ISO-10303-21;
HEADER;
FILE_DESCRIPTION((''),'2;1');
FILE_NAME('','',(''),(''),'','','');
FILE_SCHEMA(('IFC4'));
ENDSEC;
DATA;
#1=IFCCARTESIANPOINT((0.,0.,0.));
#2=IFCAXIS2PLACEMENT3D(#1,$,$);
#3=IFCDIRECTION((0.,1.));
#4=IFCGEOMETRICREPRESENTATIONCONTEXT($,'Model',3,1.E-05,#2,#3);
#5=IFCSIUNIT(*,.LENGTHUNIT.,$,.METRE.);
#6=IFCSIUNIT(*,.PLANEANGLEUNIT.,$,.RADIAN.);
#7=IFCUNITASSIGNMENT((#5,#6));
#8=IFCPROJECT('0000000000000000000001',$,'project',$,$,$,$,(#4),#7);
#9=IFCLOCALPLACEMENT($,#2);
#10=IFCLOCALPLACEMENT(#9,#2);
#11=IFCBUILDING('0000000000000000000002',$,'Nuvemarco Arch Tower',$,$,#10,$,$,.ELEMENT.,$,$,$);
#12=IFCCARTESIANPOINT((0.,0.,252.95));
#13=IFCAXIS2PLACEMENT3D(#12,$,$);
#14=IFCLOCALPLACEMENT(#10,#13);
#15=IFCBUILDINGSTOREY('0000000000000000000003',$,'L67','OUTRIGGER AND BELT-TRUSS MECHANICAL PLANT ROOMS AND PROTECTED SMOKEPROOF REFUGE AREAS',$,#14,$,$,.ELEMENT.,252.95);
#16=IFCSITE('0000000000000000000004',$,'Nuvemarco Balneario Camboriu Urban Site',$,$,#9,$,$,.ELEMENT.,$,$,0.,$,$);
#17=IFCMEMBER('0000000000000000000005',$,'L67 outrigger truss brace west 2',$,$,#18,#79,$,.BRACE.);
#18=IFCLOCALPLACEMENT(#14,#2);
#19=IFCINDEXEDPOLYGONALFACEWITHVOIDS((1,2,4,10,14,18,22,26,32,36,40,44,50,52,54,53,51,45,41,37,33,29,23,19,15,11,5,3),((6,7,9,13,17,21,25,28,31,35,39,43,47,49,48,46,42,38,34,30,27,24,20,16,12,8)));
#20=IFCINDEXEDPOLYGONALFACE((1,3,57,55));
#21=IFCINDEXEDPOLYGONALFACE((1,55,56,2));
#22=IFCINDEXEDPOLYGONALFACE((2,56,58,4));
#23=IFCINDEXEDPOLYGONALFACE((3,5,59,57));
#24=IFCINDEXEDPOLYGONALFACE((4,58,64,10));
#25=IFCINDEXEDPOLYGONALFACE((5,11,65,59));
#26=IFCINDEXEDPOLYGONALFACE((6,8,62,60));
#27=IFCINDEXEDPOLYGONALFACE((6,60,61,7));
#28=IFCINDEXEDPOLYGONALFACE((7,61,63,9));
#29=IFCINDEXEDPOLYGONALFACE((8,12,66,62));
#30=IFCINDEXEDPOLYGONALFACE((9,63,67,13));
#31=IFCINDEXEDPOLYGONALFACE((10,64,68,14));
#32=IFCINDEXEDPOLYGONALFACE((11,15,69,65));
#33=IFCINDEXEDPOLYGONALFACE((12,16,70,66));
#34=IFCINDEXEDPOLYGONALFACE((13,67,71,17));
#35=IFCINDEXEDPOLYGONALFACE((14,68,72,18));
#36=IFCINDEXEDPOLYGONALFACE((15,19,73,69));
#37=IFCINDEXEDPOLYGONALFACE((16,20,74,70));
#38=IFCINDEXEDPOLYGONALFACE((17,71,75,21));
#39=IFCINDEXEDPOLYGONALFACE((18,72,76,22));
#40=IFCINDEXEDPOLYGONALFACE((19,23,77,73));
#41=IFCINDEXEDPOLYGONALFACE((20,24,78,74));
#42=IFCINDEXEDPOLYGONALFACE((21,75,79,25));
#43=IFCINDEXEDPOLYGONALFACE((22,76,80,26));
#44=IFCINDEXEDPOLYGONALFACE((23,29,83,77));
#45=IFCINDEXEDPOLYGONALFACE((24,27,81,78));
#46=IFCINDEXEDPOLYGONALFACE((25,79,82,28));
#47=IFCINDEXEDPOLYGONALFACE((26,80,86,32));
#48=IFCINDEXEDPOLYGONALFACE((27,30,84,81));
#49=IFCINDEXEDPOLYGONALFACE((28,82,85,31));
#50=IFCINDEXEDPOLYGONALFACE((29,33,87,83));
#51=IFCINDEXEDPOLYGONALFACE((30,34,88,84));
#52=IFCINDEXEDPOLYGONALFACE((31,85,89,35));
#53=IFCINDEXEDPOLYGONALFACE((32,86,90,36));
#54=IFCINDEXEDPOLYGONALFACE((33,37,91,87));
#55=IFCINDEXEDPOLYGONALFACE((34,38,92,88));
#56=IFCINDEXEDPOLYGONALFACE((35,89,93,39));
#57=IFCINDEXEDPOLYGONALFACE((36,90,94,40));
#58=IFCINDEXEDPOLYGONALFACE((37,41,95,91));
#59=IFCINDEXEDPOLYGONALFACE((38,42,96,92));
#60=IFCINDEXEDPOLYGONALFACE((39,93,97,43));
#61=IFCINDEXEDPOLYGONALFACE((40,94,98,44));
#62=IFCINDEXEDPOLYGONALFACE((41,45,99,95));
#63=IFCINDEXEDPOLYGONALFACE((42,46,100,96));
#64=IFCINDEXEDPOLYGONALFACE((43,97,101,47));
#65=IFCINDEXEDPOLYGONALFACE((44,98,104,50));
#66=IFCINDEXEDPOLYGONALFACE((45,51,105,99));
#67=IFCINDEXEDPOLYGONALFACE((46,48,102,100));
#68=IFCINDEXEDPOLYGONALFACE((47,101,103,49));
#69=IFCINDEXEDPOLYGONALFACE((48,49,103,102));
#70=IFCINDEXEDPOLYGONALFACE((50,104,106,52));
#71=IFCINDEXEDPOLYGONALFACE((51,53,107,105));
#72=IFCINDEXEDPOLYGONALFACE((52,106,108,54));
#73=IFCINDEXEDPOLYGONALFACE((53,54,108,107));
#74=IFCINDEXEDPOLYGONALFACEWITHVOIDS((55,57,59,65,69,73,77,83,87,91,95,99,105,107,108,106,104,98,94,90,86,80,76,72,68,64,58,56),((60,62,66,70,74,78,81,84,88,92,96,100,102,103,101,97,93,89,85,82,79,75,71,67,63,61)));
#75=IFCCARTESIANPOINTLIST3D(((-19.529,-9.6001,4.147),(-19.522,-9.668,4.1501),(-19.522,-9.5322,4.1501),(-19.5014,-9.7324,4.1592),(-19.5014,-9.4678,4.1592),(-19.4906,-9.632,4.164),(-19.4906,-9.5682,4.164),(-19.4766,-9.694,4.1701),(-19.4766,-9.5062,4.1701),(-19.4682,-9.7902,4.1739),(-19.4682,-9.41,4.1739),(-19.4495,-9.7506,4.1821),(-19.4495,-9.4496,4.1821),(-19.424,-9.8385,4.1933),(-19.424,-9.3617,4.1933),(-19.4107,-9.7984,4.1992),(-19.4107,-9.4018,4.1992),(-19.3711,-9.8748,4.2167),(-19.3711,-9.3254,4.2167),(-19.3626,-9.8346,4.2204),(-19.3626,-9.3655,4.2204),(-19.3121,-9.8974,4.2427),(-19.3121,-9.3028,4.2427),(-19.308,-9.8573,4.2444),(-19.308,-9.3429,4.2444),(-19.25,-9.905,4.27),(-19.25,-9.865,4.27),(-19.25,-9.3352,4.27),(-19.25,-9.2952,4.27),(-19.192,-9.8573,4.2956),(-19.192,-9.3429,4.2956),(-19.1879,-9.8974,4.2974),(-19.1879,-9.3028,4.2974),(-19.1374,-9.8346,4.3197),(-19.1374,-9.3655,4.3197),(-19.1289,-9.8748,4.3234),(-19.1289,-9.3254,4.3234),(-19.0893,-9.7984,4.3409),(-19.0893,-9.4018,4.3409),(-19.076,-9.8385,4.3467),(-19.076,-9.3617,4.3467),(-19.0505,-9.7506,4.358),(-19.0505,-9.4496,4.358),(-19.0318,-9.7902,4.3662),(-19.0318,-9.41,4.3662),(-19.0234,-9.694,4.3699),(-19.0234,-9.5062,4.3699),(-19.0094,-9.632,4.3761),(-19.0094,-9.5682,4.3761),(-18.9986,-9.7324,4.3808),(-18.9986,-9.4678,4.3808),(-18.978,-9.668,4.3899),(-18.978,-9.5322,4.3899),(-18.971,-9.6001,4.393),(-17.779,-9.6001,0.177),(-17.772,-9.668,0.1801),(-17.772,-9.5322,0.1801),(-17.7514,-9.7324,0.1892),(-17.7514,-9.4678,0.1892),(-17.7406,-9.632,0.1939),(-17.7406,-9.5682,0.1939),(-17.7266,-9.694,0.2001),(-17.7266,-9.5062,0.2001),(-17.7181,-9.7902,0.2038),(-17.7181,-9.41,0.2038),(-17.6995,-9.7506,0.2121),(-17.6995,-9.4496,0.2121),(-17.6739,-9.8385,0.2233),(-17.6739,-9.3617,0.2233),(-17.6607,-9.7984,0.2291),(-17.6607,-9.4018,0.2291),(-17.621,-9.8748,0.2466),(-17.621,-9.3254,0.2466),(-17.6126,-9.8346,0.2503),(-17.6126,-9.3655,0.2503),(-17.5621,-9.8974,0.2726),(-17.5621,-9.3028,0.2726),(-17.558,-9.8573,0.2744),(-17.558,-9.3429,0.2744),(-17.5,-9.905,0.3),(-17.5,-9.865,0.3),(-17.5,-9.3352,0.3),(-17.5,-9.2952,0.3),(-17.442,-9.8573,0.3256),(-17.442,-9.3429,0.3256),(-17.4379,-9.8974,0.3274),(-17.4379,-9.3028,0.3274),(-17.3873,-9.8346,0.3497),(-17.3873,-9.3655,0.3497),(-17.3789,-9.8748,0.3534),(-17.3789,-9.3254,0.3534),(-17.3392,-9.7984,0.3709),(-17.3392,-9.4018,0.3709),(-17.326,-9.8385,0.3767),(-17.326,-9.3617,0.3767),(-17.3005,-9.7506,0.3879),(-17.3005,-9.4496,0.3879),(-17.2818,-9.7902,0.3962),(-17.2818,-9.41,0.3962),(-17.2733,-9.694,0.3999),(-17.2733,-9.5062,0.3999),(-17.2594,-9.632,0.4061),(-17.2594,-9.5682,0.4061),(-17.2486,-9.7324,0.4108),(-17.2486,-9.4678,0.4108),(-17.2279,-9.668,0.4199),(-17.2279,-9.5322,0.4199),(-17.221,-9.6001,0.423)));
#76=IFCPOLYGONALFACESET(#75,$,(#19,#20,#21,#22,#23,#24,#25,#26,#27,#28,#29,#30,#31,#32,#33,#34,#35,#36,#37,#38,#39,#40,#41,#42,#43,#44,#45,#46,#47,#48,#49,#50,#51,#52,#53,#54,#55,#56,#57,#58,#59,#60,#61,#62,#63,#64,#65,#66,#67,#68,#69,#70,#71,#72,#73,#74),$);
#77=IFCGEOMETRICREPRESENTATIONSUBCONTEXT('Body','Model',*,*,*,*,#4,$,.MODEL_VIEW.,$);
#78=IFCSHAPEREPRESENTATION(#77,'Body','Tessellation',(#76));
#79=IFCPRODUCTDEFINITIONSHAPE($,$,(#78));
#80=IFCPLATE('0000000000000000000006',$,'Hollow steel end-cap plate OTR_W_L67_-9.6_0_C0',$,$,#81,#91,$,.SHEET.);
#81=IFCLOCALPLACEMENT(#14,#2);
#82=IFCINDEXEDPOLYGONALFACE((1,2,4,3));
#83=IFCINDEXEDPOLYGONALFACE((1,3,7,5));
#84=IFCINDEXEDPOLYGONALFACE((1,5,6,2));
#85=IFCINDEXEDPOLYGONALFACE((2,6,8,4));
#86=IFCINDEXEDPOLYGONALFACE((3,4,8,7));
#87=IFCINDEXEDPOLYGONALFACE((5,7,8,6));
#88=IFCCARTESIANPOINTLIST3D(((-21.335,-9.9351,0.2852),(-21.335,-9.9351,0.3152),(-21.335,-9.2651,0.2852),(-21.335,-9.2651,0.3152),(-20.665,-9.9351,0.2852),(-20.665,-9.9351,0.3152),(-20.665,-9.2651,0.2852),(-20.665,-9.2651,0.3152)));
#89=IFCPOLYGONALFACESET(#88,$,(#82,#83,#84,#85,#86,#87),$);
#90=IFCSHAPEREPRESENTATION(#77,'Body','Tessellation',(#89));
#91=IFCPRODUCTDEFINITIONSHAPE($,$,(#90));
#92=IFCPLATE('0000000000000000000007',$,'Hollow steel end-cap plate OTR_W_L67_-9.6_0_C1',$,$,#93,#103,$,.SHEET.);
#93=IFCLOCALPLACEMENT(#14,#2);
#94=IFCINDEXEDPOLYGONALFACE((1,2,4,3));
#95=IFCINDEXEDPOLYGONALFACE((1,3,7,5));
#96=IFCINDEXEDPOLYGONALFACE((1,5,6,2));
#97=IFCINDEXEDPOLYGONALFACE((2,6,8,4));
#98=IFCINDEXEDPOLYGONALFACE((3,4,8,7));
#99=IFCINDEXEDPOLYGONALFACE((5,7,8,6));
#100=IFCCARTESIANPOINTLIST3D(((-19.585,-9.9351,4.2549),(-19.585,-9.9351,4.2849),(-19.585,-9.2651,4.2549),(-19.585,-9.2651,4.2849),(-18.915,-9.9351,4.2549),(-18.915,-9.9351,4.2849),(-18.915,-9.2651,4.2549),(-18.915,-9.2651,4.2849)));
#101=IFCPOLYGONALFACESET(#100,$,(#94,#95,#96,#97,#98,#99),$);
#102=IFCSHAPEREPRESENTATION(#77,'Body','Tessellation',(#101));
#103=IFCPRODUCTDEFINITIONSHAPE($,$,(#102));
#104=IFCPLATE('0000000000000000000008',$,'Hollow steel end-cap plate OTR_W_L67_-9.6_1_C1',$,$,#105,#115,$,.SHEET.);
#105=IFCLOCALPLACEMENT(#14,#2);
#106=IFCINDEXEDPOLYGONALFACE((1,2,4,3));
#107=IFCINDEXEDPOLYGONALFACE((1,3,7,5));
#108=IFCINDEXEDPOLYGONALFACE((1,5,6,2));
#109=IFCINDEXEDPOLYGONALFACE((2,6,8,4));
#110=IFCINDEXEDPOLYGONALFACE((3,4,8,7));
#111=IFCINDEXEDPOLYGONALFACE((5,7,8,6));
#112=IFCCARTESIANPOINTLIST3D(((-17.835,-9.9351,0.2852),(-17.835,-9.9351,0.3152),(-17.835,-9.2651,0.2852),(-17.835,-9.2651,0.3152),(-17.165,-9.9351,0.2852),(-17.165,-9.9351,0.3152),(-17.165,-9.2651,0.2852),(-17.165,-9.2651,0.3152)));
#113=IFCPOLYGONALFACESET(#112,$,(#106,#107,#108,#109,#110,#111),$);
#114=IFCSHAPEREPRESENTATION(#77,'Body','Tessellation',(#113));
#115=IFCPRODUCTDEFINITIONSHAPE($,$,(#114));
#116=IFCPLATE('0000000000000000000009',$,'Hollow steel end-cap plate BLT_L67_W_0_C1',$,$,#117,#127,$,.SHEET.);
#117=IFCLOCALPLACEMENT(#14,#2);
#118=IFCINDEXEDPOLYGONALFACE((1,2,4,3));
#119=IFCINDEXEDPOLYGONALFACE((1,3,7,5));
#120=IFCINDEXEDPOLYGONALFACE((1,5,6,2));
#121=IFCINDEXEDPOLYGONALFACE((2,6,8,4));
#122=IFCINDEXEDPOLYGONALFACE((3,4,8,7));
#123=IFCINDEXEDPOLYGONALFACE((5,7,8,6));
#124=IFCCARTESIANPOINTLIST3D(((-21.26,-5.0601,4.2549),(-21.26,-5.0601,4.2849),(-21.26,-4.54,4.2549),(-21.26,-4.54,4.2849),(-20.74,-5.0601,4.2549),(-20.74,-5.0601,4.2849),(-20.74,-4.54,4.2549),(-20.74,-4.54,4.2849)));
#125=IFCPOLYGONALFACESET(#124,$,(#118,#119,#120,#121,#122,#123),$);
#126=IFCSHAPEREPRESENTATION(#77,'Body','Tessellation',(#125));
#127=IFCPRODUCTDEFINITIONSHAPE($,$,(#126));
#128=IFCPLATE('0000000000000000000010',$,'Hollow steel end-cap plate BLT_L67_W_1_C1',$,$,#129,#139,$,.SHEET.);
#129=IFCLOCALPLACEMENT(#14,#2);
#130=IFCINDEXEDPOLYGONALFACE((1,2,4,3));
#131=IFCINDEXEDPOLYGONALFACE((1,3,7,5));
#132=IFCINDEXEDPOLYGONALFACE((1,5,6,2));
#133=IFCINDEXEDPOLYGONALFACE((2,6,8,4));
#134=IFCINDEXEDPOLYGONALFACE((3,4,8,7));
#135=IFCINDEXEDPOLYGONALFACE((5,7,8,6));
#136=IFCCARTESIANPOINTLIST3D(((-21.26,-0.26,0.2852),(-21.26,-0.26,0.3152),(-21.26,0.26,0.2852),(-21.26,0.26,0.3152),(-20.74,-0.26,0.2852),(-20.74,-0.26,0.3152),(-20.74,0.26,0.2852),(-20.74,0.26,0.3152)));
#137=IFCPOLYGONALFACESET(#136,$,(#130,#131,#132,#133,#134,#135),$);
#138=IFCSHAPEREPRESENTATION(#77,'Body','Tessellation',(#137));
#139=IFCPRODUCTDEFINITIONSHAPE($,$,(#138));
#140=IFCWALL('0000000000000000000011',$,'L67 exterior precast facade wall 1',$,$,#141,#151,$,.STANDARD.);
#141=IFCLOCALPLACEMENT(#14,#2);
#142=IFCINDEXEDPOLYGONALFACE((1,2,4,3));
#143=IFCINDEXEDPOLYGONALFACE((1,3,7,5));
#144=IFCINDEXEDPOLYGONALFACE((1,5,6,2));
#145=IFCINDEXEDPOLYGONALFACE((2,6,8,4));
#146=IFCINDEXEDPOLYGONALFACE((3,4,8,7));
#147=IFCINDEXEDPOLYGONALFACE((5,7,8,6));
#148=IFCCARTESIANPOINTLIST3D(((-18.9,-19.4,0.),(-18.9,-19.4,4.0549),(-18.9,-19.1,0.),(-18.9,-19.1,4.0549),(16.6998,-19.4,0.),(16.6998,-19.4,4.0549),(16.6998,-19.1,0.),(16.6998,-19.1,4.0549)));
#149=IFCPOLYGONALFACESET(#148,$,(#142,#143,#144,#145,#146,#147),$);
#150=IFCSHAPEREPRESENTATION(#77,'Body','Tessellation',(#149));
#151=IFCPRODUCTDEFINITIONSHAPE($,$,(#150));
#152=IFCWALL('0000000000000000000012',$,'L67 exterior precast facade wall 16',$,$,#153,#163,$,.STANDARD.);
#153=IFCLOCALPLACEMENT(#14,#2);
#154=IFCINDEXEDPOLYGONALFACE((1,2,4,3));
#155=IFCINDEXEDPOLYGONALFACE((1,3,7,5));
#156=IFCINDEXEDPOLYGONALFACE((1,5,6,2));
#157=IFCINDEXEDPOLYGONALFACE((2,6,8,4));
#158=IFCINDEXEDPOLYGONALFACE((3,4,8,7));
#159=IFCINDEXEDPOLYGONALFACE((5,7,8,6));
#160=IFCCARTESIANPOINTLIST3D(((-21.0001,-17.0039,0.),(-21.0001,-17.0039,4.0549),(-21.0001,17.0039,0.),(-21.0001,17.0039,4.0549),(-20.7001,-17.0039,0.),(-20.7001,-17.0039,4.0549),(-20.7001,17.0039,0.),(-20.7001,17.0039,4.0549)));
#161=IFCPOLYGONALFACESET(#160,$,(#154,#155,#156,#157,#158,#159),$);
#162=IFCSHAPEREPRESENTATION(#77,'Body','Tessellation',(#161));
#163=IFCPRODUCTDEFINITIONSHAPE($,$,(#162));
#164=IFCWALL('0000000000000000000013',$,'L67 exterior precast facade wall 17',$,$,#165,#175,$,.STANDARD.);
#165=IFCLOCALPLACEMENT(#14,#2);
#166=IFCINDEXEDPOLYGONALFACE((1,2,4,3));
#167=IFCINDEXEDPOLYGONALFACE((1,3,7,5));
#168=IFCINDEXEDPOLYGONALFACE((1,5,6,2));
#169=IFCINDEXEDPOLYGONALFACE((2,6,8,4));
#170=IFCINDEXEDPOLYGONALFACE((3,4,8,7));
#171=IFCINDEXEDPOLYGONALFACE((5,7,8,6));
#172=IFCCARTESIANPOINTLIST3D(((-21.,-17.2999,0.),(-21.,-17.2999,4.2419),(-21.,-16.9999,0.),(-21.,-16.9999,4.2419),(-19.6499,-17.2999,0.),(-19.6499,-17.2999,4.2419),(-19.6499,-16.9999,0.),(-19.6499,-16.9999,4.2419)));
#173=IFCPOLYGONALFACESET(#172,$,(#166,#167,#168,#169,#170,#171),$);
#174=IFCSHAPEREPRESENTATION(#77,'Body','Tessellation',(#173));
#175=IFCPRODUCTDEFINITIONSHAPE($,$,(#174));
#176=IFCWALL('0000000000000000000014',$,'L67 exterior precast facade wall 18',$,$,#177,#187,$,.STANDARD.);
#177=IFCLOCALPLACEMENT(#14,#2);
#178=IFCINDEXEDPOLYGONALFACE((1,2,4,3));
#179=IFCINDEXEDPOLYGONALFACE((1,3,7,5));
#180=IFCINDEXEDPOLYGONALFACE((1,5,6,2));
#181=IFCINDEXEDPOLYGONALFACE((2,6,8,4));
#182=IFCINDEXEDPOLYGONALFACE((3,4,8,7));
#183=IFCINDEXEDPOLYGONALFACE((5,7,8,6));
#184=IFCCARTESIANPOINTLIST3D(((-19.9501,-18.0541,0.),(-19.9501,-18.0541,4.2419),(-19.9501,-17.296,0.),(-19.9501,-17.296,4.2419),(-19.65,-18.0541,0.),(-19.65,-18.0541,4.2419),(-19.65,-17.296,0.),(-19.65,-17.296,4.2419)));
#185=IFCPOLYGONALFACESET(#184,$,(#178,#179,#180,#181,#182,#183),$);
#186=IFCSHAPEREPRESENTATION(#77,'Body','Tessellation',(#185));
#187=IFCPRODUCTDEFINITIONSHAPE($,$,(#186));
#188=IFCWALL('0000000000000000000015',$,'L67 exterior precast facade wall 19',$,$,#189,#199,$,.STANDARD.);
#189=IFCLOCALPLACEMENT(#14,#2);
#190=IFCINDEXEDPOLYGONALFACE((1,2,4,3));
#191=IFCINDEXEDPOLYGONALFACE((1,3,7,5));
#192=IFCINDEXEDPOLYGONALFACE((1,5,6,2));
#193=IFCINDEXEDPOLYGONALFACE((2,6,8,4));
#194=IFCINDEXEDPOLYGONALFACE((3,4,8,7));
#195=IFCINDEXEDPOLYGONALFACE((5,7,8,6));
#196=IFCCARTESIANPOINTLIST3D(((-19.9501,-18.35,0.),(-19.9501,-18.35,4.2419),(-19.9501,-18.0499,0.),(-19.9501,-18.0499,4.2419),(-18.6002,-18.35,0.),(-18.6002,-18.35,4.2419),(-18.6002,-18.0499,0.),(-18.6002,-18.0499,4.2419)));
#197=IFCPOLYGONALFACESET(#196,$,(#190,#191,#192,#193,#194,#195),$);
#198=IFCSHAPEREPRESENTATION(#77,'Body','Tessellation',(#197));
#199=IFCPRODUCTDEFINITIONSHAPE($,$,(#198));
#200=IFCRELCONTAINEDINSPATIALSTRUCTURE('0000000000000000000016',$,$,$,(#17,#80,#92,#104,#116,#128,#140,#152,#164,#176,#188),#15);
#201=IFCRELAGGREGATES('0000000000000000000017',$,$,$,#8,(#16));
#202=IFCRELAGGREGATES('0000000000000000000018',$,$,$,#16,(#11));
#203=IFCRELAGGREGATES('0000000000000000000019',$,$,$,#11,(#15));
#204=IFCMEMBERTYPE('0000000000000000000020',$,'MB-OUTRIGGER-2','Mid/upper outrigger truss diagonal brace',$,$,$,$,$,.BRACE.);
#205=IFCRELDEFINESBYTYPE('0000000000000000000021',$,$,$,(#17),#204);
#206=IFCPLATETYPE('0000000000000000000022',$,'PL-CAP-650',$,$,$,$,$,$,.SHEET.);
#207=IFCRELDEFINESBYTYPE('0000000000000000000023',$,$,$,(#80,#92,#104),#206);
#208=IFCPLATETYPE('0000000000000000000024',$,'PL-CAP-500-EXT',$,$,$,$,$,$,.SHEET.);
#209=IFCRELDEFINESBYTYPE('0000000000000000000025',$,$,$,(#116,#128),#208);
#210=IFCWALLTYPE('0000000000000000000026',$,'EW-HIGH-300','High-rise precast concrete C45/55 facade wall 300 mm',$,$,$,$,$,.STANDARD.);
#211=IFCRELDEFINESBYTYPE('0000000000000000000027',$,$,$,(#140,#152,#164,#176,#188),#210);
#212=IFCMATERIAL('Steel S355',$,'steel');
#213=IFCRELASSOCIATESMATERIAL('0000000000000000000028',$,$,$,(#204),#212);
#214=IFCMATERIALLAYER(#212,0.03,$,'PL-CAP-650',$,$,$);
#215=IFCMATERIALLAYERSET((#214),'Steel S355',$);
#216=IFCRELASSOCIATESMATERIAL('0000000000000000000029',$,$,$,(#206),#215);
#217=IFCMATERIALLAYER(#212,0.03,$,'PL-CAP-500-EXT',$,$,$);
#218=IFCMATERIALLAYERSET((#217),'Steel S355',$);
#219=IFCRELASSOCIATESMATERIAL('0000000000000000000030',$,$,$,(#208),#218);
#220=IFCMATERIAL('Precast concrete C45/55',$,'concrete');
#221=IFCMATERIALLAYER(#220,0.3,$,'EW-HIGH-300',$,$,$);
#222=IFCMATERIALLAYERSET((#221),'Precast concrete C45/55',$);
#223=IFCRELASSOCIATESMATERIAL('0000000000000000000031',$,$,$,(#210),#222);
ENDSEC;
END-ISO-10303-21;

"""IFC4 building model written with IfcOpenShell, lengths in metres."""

from ifc_helpers import new_model, si_unit, direction, frame, frame_2d, origin, origin_2d, place, context, subcontext, project, spatial, rectangle, hollow_circle, extrude, source, transform, mapped, material, layer, layer_set, material_profile, profile_set, type_object, type_shapes, element, save


model = new_model("IFC4")

# Units and contexts
model_context = context("Model", 3, precision=1e-05, world=origin(), true_north=direction((0.0, 1.0)))
body_context = subcontext(model_context, "Body", "Model", "MODEL_VIEW")
ifc_project = project(units=[si_unit("LENGTHUNIT", "METRE"), si_unit("PLANEANGLEUNIT", "RADIAN")], contexts=[model_context])

# Site, building, storey
site_placement = place(None, origin())
site = spatial("IfcSite", under=ifc_project, at=site_placement, Name="Nuvemarco Balneario Camboriu Urban Site", CompositionType="ELEMENT", RefElevation=0.0)
building_placement = place(site_placement, origin())
building = spatial("IfcBuilding", under=site, at=building_placement, Name="Nuvemarco Arch Tower", CompositionType="ELEMENT")
storey_placement = place(building_placement, frame((0.0, 0.0, 252.95)))
storey = spatial("IfcBuildingStorey", under=building, at=storey_placement, Name="L67", Description="OUTRIGGER AND BELT-TRUSS MECHANICAL PLANT ROOMS AND PROTECTED SMOKEPROOF REFUGE AREAS", CompositionType="ELEMENT", Elevation=252.95)

# Shared definitions
ifc_material_1 = material(Name="Steel S355", Category="steel")

# Shared definitions
ifc_material_2 = material(Name="Precast concrete C45/55", Category="concrete")

# Member
ifc_material_profile_1 = material_profile(ifc_material_1, hollow_circle(Radius=0.3049, WallThickness=0.04, at=origin_2d()), Name="CHS610x40")
ifc_profile_set_1 = profile_set([ifc_material_profile_1], Name="Steel S355")
member_type_1 = type_object("IfcMemberType", Name="MB-OUTRIGGER-2", Description="Mid/upper outrigger truss diagonal brace", PredefinedType="BRACE", material=ifc_profile_set_1)
for number, where, z_axis, x_axis, name in (
    (1, (-19.25, -9.6001, 4.27), (0.403359, 0.0, -0.915042), (0.0, 1.0, 0.0), "L67 outrigger truss brace west 2"),
):
    element("IfcMember", number, at=place(storey_placement, frame(where, z_axis=z_axis, x_axis=x_axis)), inside=storey, type_object=member_type_1, Name=name, PredefinedType="BRACE", context=body_context, shape_type="SweptSolid", body=[
        extrude(hollow_circle(Radius=0.3049, WallThickness=0.04, at=origin_2d()), origin(), (0.0, 0.0, 1.0), 4.3386),
    ])

# Plates
ifc_layer_1 = layer(ifc_material_1, 0.03, Name="PL-CAP-650")
ifc_layer_set_1 = layer_set([ifc_layer_1], Name="Steel S355")
plate_type_1 = type_object("IfcPlateType", Name="PL-CAP-650", PredefinedType="SHEET", material=ifc_layer_set_1)
shared_shape_1 = source(origin(), body_context, "Body", "SweptSolid", [
    extrude(rectangle(XDim=0.6699, YDim=0.6699, at=origin_2d()), origin(), (0.0, 0.0, 1.0), 0.03),
])
type_shapes(plate_type_1, [shared_shape_1])
for number, where, z_axis, x_axis, name in (
    (2, (-21.0, -9.6001, 0.2852), (0.0, 0.0, 1.0), (1.0, 0.0, 0.0), "Hollow steel end-cap plate OTR_W_L67_-9.6_0_C0"),
    (3, (-19.25, -9.6001, 4.2549), (0.0, 0.0, 1.0), (1.0, 0.0, 0.0), "Hollow steel end-cap plate OTR_W_L67_-9.6_0_C1"),
    (4, (-17.5, -9.6001, 0.2852), (0.0, 0.0, 1.0), (1.0, 0.0, 0.0), "Hollow steel end-cap plate OTR_W_L67_-9.6_1_C1"),
):
    element("IfcPlate", number, at=place(storey_placement, frame(where, z_axis=z_axis, x_axis=x_axis)), inside=storey, type_object=plate_type_1, Name=name, PredefinedType="SHEET", context=body_context, shape_type="MappedRepresentation", body=[
        mapped(shared_shape_1, transform((0.0, 0.0, 0.0), scale=1.0)),
    ])
ifc_layer_2 = layer(ifc_material_1, 0.03, Name="PL-CAP-500-EXT")
ifc_layer_set_2 = layer_set([ifc_layer_2], Name="Steel S355")
plate_type_2 = type_object("IfcPlateType", Name="PL-CAP-500-EXT", PredefinedType="SHEET", material=ifc_layer_set_2)
shared_shape_2 = source(origin(), body_context, "Body", "SweptSolid", [
    extrude(rectangle(XDim=0.52, YDim=0.52, at=origin_2d()), origin(), (0.0, 0.0, 1.0), 0.03),
])
type_shapes(plate_type_2, [shared_shape_2])
for number, where, z_axis, x_axis, name in (
    (5, (-21.0, -4.8, 4.2549), (0.0, 0.0, 1.0), (1.0, 0.0, 0.0), "Hollow steel end-cap plate BLT_L67_W_0_C1"),
    (6, (-21.0, 0.0, 0.2852), (0.0, 0.0, 1.0), (1.0, 0.0, 0.0), "Hollow steel end-cap plate BLT_L67_W_1_C1"),
):
    element("IfcPlate", number, at=place(storey_placement, frame(where, z_axis=z_axis, x_axis=x_axis)), inside=storey, type_object=plate_type_2, Name=name, PredefinedType="SHEET", context=body_context, shape_type="MappedRepresentation", body=[
        mapped(shared_shape_2, transform((0.0, 0.0, 0.0), scale=1.0)),
    ])

# Walls
ifc_layer_3 = layer(ifc_material_2, 0.3, Name="EW-HIGH-300")
ifc_layer_set_3 = layer_set([ifc_layer_3], Name="Precast concrete C45/55")
wall_type_1 = type_object("IfcWallType", Name="EW-HIGH-300", Description="High-rise precast concrete C45/55 facade wall 300 mm", PredefinedType="STANDARD", material=ifc_layer_set_3)
wall_1_placement = place(storey_placement, frame((-18.8999, -19.25, 0.0), z_axis=(0.0, 0.0, 1.0), x_axis=(1.0, 0.0, 0.0)))
element("IfcWall", 7, at=wall_1_placement, inside=storey, type_object=wall_type_1, Name="L67 exterior precast facade wall 1", PredefinedType="STANDARD", context=body_context, shape_type="SweptSolid", body=[
    extrude(rectangle(XDim=35.5999, YDim=0.3, at=frame_2d((17.7998, 0.0))), origin(), (0.0, 0.0, 1.0), 4.0549),
])
wall_2_placement = place(storey_placement, frame((-20.8501, -17.0039, 0.0), z_axis=(0.0, 0.0, 1.0), x_axis=(0.0, 1.0, 0.0)))
element("IfcWall", 8, at=wall_2_placement, inside=storey, type_object=wall_type_1, Name="L67 exterior precast facade wall 16", PredefinedType="STANDARD", context=body_context, shape_type="SweptSolid", body=[
    extrude(rectangle(XDim=34.0078, YDim=0.3, at=frame_2d((17.0039, 0.0))), origin(), (0.0, 0.0, 1.0), 4.0549),
])
wall_3_placement = place(storey_placement, frame((-21.0, -17.1499, 0.0), z_axis=(0.0, 0.0, 1.0), x_axis=(1.0, 0.0, 0.0)))
element("IfcWall", 9, at=wall_3_placement, inside=storey, type_object=wall_type_1, Name="L67 exterior precast facade wall 17", PredefinedType="STANDARD", context=body_context, shape_type="SweptSolid", body=[
    extrude(rectangle(XDim=1.3501, YDim=0.3, at=frame_2d((0.675, 0.0))), origin(), (0.0, 0.0, 1.0), 4.2419),
])
wall_4_placement = place(storey_placement, frame((-19.8, -18.054, 0.0), z_axis=(0.0, 0.0, 1.0), x_axis=(0.0, 1.0, 0.0)))
element("IfcWall", 10, at=wall_4_placement, inside=storey, type_object=wall_type_1, Name="L67 exterior precast facade wall 18", PredefinedType="STANDARD", context=body_context, shape_type="SweptSolid", body=[
    extrude(rectangle(XDim=0.7581, YDim=0.3, at=frame_2d((0.3789, 0.0))), origin(), (0.0, 0.0, 1.0), 4.2419),
])
wall_5_placement = place(storey_placement, frame((-19.95, -18.2, 0.0), z_axis=(0.0, 0.0, 1.0), x_axis=(1.0, 0.0, 0.0)))
element("IfcWall", 11, at=wall_5_placement, inside=storey, type_object=wall_type_1, Name="L67 exterior precast facade wall 19", PredefinedType="STANDARD", context=body_context, shape_type="SweptSolid", body=[
    extrude(rectangle(XDim=1.3499, YDim=0.3, at=frame_2d((0.6748, 0.0))), origin(), (0.0, 0.0, 1.0), 4.2419),
])

save(model, "model.ifc")
